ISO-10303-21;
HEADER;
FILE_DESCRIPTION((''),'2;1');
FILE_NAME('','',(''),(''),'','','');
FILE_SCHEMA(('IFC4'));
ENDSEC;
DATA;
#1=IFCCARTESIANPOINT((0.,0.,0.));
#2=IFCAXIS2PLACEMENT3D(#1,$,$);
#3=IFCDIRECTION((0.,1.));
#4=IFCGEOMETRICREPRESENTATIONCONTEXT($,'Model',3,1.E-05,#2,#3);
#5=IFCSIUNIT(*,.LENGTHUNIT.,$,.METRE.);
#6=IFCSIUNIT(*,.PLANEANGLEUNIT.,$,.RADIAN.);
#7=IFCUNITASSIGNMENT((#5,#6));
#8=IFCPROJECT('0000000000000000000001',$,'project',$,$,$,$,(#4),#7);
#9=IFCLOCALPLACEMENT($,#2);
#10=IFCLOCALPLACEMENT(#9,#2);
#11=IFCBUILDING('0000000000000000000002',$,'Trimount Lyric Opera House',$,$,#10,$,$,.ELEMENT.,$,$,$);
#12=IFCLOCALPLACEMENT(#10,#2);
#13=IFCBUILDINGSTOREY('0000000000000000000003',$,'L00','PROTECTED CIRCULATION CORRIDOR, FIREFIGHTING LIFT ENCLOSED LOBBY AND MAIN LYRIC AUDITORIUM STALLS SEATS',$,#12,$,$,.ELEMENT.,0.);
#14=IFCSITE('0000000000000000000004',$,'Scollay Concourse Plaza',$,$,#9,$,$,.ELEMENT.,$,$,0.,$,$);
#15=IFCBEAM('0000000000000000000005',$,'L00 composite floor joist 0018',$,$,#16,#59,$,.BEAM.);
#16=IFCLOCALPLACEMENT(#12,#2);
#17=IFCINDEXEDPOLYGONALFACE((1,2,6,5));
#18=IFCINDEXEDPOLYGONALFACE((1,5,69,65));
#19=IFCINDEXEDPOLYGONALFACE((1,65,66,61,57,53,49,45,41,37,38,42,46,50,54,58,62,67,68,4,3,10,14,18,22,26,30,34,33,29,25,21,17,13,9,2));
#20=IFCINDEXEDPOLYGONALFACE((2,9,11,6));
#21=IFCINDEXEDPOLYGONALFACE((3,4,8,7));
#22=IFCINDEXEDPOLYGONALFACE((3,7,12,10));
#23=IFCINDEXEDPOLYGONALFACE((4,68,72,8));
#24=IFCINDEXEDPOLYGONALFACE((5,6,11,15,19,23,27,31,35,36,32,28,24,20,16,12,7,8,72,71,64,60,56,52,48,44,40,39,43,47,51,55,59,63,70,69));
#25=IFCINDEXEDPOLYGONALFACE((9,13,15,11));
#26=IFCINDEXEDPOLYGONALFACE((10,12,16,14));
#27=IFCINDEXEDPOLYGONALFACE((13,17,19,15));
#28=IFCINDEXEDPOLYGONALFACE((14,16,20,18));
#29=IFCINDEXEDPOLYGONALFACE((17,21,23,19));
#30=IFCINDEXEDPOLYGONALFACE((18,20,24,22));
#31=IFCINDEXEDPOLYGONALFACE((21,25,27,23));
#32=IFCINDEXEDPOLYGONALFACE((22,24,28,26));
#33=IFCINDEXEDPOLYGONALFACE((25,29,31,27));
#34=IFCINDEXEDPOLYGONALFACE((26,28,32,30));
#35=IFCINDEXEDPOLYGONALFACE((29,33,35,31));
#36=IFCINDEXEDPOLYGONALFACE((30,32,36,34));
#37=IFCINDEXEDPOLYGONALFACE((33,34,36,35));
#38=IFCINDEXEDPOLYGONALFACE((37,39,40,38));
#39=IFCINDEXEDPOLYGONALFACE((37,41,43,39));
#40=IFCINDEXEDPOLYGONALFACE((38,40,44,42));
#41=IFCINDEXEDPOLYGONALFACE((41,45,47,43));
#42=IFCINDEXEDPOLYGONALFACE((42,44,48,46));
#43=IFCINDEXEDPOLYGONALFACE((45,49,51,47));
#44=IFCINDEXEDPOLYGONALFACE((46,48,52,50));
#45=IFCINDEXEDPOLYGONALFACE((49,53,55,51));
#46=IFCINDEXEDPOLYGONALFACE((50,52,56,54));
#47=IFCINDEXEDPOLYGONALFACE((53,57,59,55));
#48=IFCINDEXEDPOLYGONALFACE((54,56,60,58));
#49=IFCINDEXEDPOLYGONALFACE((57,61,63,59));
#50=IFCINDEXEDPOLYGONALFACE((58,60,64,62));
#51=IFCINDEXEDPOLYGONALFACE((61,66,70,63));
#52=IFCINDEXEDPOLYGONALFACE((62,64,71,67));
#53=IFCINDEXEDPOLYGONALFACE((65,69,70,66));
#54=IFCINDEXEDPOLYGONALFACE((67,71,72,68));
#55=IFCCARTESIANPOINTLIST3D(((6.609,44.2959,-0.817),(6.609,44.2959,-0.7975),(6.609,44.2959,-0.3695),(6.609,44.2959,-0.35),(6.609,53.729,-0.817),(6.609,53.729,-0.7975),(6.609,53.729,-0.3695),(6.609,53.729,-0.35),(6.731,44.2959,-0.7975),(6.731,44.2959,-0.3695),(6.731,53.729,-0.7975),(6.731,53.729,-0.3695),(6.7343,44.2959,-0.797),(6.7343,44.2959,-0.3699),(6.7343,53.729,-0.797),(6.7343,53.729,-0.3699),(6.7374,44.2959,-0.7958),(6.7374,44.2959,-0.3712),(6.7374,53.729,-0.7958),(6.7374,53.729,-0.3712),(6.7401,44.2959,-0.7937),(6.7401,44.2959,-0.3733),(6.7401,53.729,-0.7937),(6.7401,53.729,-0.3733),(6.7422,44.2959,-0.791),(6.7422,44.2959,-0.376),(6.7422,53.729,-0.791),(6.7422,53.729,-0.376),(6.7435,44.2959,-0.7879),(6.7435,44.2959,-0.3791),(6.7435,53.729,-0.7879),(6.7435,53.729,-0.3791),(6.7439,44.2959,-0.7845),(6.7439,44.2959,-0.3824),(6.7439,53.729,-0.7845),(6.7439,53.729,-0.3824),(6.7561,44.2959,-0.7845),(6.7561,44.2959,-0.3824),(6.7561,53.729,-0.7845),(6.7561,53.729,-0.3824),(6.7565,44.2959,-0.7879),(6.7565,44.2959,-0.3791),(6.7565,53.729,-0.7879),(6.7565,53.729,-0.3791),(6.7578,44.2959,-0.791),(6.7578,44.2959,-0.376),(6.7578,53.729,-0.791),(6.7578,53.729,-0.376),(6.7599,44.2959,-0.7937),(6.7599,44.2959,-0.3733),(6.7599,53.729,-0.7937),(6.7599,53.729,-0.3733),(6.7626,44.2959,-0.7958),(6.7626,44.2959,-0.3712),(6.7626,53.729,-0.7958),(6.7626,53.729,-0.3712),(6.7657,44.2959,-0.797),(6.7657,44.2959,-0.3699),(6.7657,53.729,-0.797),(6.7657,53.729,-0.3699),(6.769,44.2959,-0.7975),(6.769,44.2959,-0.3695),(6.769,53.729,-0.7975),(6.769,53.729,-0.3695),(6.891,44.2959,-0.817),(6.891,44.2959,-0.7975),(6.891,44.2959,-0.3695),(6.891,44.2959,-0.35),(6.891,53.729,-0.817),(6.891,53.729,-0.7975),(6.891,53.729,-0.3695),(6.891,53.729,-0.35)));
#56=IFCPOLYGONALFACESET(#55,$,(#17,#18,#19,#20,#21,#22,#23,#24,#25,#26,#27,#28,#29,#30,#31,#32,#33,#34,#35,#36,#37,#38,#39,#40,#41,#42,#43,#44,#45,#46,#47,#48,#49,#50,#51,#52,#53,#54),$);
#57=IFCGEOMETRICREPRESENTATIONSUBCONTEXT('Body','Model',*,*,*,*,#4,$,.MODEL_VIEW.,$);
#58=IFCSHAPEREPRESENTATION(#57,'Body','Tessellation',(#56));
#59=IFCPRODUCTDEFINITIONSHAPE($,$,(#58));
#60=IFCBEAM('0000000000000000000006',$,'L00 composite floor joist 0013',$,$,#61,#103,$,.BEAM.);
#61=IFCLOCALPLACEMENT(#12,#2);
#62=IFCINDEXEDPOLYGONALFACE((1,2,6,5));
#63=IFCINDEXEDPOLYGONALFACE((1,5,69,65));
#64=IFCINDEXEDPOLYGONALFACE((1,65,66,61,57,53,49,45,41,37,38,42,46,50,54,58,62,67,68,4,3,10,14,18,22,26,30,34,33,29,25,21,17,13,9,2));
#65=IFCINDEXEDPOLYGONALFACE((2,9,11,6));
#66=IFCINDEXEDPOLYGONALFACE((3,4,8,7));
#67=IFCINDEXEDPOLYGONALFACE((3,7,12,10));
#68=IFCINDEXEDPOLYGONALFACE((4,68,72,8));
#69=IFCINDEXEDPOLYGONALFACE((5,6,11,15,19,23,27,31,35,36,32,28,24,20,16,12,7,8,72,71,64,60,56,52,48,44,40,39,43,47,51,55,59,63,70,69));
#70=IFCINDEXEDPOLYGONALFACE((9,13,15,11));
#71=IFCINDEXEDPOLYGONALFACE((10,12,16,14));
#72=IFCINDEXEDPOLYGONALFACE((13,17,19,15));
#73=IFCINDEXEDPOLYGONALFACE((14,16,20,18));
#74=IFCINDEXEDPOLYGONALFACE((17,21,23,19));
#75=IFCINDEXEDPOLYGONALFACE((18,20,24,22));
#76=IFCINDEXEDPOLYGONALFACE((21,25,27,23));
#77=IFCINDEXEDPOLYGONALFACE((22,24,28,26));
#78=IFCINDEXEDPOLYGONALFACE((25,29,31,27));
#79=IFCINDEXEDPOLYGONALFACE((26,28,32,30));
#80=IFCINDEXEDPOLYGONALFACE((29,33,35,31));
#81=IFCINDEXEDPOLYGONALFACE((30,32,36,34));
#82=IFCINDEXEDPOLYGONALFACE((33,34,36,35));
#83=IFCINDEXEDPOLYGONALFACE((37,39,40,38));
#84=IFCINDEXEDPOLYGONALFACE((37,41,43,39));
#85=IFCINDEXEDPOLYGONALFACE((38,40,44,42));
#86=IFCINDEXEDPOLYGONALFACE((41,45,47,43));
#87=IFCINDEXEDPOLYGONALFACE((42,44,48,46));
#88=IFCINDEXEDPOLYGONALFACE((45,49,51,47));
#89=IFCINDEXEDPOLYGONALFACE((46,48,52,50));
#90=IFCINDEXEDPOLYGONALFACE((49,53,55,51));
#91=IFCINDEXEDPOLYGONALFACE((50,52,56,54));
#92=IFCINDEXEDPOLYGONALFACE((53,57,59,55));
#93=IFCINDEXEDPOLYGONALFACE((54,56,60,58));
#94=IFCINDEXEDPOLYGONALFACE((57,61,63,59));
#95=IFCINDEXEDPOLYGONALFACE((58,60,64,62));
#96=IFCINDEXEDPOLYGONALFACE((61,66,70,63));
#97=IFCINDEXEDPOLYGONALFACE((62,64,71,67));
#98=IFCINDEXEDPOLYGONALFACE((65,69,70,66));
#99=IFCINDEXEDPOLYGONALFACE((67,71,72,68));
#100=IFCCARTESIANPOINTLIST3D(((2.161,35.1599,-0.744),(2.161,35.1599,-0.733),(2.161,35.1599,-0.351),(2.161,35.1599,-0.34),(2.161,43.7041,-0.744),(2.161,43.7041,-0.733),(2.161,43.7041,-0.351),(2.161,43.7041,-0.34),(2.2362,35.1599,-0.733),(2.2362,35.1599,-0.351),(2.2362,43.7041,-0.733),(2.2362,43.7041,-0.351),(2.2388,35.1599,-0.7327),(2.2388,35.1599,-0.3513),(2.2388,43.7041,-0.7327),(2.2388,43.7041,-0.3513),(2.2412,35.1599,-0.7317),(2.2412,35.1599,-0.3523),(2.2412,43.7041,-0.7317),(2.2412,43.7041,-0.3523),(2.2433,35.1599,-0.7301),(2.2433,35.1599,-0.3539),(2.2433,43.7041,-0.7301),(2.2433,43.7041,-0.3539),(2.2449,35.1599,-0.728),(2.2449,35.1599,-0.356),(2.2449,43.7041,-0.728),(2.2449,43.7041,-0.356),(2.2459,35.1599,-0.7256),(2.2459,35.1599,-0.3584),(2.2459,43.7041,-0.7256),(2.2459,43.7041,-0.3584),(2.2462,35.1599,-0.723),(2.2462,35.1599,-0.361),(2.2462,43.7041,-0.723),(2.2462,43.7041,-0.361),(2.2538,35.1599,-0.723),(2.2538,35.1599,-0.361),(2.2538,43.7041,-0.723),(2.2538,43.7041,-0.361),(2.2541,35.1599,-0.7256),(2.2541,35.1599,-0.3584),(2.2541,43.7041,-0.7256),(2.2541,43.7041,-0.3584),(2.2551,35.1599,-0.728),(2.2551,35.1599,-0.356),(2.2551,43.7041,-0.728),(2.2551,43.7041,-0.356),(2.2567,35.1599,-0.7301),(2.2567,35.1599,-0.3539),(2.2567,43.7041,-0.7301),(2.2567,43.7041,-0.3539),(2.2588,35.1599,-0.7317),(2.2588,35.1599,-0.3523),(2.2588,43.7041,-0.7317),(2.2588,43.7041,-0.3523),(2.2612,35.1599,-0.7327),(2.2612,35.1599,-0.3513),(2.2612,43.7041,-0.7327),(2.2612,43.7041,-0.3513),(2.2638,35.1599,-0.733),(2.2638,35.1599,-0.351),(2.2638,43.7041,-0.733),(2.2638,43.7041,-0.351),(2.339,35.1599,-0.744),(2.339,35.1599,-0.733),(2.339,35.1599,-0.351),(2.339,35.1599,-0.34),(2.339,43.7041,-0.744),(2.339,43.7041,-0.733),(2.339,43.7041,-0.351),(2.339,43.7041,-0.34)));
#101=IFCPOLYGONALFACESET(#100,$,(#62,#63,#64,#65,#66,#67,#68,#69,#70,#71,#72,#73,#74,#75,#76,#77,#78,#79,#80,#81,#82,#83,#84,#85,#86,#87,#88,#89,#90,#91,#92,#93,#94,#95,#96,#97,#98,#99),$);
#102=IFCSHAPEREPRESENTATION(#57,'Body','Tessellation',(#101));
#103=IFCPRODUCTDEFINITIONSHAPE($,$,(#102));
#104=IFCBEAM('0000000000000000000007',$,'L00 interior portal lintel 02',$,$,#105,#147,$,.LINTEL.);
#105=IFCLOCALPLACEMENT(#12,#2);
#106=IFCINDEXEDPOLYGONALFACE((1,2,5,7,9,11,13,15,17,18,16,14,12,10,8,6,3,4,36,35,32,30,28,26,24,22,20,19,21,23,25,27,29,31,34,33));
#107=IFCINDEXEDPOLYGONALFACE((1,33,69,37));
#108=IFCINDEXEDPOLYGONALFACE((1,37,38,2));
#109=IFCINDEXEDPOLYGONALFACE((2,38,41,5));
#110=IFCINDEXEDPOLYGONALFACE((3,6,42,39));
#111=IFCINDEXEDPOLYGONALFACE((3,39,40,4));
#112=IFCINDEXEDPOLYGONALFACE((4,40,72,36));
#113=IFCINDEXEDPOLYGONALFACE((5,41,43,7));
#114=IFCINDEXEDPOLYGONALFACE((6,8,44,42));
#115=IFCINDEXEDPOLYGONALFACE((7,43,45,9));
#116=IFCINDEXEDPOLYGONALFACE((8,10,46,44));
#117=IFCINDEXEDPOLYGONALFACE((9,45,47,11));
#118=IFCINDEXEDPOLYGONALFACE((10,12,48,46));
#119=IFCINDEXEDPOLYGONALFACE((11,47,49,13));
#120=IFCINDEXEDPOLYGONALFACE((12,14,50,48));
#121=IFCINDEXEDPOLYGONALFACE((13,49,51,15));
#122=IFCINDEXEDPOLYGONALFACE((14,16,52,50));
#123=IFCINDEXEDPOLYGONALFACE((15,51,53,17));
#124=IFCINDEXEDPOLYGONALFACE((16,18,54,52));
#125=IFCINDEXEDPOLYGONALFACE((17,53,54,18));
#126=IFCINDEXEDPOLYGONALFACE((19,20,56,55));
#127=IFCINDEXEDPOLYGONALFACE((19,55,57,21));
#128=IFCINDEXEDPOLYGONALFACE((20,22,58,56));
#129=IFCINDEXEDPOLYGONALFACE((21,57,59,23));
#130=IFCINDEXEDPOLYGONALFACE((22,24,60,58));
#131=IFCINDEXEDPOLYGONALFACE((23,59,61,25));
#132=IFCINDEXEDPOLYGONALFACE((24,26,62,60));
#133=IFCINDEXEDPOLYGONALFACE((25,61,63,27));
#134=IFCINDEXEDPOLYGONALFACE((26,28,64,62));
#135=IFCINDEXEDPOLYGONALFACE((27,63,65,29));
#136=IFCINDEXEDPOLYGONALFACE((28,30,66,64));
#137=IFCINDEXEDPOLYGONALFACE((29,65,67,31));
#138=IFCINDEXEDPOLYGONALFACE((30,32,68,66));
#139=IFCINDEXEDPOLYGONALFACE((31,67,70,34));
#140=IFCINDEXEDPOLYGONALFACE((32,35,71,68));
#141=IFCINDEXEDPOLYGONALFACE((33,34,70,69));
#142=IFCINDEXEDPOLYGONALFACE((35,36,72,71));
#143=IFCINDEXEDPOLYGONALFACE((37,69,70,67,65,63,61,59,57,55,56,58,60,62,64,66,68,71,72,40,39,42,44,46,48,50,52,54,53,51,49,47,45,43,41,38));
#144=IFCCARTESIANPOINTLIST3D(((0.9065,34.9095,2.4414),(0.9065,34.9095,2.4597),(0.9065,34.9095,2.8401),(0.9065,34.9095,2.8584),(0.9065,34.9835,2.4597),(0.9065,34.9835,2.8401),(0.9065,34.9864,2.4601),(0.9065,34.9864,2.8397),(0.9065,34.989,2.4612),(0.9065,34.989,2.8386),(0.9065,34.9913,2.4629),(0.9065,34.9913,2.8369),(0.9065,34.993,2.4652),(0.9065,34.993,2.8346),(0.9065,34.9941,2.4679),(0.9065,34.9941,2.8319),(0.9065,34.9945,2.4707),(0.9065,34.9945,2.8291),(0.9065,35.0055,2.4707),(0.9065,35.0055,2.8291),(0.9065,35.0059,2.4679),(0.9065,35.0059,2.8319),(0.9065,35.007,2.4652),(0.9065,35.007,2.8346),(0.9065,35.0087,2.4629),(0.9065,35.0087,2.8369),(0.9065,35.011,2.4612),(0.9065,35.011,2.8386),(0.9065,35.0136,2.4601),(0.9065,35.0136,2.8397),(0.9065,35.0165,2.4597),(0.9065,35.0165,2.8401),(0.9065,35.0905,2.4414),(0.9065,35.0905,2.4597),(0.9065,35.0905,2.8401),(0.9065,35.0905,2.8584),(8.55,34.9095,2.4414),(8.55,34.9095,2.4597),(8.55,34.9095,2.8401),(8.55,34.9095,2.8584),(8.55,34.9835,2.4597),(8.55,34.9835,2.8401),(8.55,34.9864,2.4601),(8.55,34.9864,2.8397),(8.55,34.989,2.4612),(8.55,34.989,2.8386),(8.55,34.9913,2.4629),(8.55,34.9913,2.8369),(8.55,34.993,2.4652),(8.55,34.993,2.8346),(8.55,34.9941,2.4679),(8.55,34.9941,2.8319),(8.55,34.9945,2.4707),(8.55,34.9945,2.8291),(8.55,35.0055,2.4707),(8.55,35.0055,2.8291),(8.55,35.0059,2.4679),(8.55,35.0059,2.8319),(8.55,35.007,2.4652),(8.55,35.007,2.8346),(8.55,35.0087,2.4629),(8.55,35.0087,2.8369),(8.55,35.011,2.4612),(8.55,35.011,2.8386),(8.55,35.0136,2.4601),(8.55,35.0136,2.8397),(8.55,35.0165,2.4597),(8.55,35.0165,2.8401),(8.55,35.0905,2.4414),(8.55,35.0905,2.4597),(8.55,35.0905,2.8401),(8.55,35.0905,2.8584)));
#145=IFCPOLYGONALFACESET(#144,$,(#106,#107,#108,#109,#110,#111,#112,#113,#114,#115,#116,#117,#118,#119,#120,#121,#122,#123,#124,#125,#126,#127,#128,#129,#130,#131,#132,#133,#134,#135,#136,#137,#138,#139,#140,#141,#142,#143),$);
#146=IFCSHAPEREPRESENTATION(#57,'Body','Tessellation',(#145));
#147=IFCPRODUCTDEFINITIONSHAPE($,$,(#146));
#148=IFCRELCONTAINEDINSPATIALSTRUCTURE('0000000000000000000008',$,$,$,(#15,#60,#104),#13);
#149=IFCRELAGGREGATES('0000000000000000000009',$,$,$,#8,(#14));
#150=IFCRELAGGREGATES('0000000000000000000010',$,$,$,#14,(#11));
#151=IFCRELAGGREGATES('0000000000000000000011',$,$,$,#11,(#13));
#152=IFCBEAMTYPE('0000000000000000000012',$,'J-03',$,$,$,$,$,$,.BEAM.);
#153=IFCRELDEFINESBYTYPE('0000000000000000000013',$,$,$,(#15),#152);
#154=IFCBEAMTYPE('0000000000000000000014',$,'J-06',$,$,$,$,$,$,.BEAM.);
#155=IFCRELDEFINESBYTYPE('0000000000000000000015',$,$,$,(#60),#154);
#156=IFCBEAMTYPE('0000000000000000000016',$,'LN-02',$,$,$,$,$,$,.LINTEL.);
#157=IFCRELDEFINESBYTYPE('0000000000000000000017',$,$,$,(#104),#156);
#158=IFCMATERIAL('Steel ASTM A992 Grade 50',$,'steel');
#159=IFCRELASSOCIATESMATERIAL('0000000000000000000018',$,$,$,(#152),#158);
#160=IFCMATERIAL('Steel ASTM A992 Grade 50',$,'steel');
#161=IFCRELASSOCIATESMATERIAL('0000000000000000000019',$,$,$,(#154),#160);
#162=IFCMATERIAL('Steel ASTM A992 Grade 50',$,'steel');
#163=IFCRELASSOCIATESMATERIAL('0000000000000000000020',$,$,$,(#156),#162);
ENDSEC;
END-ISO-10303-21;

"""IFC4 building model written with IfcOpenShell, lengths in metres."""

from ifc_helpers import new_model, si_unit, direction, frame, origin, origin_2d, place, context, subcontext, project, spatial, i_section, extrude, material, material_profile, profile_set, type_object, element, save


model = new_model("IFC4")

# Units and contexts
model_context = context("Model", 3, precision=1e-05, world=origin(), true_north=direction((0.0, 1.0)))
body_context = subcontext(model_context, "Body", "Model", "MODEL_VIEW")
ifc_project = project(units=[si_unit("LENGTHUNIT", "METRE"), si_unit("PLANEANGLEUNIT", "RADIAN")], contexts=[model_context])

# Site, building, storey
site_placement = place(None, origin())
site = spatial("IfcSite", under=ifc_project, at=site_placement, Name="Scollay Concourse Plaza", CompositionType="ELEMENT", RefElevation=0.0)
building_placement = place(site_placement, origin())
building = spatial("IfcBuilding", under=site, at=building_placement, Name="Trimount Lyric Opera House", CompositionType="ELEMENT")
storey_placement = place(building_placement, origin())
storey = spatial("IfcBuildingStorey", under=building, at=storey_placement, Name="L00", Description="PROTECTED CIRCULATION CORRIDOR, FIREFIGHTING LIFT ENCLOSED LOBBY AND MAIN LYRIC AUDITORIUM STALLS SEATS", CompositionType="ELEMENT", Elevation=0.0)

# Beams
ifc_material_1 = material(Name="Steel ASTM A992 Grade 50", Category="steel")
ifc_material_profile_1 = material_profile(ifc_material_1, i_section(OverallWidth=0.282, OverallDepth=0.467, WebThickness=0.0122, FlangeThickness=0.0195, FilletRadius=0.0129, at=origin_2d()), Name="W18X86")
ifc_profile_set_1 = profile_set([ifc_material_profile_1], Name="Steel ASTM A992 Grade 50")
beam_type_1 = type_object("IfcBeamType", Name="J-03", PredefinedType="BEAM", material=ifc_profile_set_1)
beam_1_placement = place(storey_placement, frame((6.75, 44.2959, -0.5835), z_axis=(0.0, 1.0, 0.0), x_axis=(-1.0, 0.0, 0.0)))
element("IfcBeam", 1, at=beam_1_placement, inside=storey, type_object=beam_type_1, Name="L00 composite floor joist 0018", PredefinedType="BEAM", context=body_context, shape_type="SweptSolid", body=[
    extrude(i_section(OverallWidth=0.282, OverallDepth=0.467, WebThickness=0.0122, FlangeThickness=0.0195, FilletRadius=0.0129, at=origin_2d()), origin(), (0.0, 0.0, 1.0), 9.4331),
])
ifc_material_2 = material(Name="Steel ASTM A992 Grade 50", Category="steel")
ifc_material_profile_2 = material_profile(ifc_material_2, i_section(OverallWidth=0.178, OverallDepth=0.4041, WebThickness=0.0076, FlangeThickness=0.011, FilletRadius=0.01, at=origin_2d()), Name="W16X36")
ifc_profile_set_2 = profile_set([ifc_material_profile_2], Name="Steel ASTM A992 Grade 50")
beam_type_2 = type_object("IfcBeamType", Name="J-06", PredefinedType="BEAM", material=ifc_profile_set_2)
beam_2_placement = place(storey_placement, frame((2.25, 35.1599, -0.542), z_axis=(0.0, 1.0, 0.0), x_axis=(-1.0, 0.0, 0.0)))
element("IfcBeam", 2, at=beam_2_placement, inside=storey, type_object=beam_type_2, Name="L00 composite floor joist 0013", PredefinedType="BEAM", context=body_context, shape_type="SweptSolid", body=[
    extrude(i_section(OverallWidth=0.178, OverallDepth=0.4041, WebThickness=0.0076, FlangeThickness=0.011, FilletRadius=0.01, at=origin_2d()), origin(), (0.0, 0.0, 1.0), 8.5442),
])
ifc_material_3 = material(Name="Steel ASTM A992 Grade 50", Category="steel")
ifc_material_profile_3 = material_profile(ifc_material_3, i_section(OverallWidth=0.1809, OverallDepth=0.417, WebThickness=0.011, FlangeThickness=0.0183, FilletRadius=0.011, at=origin_2d()), Name="W16X57")
ifc_profile_set_3 = profile_set([ifc_material_profile_3], Name="Steel ASTM A992 Grade 50")
beam_type_3 = type_object("IfcBeamType", Name="LN-02", PredefinedType="LINTEL", material=ifc_profile_set_3)
beam_3_placement = place(storey_placement, frame((0.9065, 35.0, 2.6499), z_axis=(1.0, 0.0, 0.0), x_axis=(0.0, 1.0, 0.0)))
element("IfcBeam", 3, at=beam_3_placement, inside=storey, type_object=beam_type_3, Name="L00 interior portal lintel 02", PredefinedType="LINTEL", context=body_context, shape_type="SweptSolid", body=[
    extrude(i_section(OverallWidth=0.1809, OverallDepth=0.417, WebThickness=0.011, FlangeThickness=0.0183, FilletRadius=0.011, at=origin_2d()), origin(), (0.0, 0.0, 1.0), 7.6436),
])

save(model, "model.ifc")
